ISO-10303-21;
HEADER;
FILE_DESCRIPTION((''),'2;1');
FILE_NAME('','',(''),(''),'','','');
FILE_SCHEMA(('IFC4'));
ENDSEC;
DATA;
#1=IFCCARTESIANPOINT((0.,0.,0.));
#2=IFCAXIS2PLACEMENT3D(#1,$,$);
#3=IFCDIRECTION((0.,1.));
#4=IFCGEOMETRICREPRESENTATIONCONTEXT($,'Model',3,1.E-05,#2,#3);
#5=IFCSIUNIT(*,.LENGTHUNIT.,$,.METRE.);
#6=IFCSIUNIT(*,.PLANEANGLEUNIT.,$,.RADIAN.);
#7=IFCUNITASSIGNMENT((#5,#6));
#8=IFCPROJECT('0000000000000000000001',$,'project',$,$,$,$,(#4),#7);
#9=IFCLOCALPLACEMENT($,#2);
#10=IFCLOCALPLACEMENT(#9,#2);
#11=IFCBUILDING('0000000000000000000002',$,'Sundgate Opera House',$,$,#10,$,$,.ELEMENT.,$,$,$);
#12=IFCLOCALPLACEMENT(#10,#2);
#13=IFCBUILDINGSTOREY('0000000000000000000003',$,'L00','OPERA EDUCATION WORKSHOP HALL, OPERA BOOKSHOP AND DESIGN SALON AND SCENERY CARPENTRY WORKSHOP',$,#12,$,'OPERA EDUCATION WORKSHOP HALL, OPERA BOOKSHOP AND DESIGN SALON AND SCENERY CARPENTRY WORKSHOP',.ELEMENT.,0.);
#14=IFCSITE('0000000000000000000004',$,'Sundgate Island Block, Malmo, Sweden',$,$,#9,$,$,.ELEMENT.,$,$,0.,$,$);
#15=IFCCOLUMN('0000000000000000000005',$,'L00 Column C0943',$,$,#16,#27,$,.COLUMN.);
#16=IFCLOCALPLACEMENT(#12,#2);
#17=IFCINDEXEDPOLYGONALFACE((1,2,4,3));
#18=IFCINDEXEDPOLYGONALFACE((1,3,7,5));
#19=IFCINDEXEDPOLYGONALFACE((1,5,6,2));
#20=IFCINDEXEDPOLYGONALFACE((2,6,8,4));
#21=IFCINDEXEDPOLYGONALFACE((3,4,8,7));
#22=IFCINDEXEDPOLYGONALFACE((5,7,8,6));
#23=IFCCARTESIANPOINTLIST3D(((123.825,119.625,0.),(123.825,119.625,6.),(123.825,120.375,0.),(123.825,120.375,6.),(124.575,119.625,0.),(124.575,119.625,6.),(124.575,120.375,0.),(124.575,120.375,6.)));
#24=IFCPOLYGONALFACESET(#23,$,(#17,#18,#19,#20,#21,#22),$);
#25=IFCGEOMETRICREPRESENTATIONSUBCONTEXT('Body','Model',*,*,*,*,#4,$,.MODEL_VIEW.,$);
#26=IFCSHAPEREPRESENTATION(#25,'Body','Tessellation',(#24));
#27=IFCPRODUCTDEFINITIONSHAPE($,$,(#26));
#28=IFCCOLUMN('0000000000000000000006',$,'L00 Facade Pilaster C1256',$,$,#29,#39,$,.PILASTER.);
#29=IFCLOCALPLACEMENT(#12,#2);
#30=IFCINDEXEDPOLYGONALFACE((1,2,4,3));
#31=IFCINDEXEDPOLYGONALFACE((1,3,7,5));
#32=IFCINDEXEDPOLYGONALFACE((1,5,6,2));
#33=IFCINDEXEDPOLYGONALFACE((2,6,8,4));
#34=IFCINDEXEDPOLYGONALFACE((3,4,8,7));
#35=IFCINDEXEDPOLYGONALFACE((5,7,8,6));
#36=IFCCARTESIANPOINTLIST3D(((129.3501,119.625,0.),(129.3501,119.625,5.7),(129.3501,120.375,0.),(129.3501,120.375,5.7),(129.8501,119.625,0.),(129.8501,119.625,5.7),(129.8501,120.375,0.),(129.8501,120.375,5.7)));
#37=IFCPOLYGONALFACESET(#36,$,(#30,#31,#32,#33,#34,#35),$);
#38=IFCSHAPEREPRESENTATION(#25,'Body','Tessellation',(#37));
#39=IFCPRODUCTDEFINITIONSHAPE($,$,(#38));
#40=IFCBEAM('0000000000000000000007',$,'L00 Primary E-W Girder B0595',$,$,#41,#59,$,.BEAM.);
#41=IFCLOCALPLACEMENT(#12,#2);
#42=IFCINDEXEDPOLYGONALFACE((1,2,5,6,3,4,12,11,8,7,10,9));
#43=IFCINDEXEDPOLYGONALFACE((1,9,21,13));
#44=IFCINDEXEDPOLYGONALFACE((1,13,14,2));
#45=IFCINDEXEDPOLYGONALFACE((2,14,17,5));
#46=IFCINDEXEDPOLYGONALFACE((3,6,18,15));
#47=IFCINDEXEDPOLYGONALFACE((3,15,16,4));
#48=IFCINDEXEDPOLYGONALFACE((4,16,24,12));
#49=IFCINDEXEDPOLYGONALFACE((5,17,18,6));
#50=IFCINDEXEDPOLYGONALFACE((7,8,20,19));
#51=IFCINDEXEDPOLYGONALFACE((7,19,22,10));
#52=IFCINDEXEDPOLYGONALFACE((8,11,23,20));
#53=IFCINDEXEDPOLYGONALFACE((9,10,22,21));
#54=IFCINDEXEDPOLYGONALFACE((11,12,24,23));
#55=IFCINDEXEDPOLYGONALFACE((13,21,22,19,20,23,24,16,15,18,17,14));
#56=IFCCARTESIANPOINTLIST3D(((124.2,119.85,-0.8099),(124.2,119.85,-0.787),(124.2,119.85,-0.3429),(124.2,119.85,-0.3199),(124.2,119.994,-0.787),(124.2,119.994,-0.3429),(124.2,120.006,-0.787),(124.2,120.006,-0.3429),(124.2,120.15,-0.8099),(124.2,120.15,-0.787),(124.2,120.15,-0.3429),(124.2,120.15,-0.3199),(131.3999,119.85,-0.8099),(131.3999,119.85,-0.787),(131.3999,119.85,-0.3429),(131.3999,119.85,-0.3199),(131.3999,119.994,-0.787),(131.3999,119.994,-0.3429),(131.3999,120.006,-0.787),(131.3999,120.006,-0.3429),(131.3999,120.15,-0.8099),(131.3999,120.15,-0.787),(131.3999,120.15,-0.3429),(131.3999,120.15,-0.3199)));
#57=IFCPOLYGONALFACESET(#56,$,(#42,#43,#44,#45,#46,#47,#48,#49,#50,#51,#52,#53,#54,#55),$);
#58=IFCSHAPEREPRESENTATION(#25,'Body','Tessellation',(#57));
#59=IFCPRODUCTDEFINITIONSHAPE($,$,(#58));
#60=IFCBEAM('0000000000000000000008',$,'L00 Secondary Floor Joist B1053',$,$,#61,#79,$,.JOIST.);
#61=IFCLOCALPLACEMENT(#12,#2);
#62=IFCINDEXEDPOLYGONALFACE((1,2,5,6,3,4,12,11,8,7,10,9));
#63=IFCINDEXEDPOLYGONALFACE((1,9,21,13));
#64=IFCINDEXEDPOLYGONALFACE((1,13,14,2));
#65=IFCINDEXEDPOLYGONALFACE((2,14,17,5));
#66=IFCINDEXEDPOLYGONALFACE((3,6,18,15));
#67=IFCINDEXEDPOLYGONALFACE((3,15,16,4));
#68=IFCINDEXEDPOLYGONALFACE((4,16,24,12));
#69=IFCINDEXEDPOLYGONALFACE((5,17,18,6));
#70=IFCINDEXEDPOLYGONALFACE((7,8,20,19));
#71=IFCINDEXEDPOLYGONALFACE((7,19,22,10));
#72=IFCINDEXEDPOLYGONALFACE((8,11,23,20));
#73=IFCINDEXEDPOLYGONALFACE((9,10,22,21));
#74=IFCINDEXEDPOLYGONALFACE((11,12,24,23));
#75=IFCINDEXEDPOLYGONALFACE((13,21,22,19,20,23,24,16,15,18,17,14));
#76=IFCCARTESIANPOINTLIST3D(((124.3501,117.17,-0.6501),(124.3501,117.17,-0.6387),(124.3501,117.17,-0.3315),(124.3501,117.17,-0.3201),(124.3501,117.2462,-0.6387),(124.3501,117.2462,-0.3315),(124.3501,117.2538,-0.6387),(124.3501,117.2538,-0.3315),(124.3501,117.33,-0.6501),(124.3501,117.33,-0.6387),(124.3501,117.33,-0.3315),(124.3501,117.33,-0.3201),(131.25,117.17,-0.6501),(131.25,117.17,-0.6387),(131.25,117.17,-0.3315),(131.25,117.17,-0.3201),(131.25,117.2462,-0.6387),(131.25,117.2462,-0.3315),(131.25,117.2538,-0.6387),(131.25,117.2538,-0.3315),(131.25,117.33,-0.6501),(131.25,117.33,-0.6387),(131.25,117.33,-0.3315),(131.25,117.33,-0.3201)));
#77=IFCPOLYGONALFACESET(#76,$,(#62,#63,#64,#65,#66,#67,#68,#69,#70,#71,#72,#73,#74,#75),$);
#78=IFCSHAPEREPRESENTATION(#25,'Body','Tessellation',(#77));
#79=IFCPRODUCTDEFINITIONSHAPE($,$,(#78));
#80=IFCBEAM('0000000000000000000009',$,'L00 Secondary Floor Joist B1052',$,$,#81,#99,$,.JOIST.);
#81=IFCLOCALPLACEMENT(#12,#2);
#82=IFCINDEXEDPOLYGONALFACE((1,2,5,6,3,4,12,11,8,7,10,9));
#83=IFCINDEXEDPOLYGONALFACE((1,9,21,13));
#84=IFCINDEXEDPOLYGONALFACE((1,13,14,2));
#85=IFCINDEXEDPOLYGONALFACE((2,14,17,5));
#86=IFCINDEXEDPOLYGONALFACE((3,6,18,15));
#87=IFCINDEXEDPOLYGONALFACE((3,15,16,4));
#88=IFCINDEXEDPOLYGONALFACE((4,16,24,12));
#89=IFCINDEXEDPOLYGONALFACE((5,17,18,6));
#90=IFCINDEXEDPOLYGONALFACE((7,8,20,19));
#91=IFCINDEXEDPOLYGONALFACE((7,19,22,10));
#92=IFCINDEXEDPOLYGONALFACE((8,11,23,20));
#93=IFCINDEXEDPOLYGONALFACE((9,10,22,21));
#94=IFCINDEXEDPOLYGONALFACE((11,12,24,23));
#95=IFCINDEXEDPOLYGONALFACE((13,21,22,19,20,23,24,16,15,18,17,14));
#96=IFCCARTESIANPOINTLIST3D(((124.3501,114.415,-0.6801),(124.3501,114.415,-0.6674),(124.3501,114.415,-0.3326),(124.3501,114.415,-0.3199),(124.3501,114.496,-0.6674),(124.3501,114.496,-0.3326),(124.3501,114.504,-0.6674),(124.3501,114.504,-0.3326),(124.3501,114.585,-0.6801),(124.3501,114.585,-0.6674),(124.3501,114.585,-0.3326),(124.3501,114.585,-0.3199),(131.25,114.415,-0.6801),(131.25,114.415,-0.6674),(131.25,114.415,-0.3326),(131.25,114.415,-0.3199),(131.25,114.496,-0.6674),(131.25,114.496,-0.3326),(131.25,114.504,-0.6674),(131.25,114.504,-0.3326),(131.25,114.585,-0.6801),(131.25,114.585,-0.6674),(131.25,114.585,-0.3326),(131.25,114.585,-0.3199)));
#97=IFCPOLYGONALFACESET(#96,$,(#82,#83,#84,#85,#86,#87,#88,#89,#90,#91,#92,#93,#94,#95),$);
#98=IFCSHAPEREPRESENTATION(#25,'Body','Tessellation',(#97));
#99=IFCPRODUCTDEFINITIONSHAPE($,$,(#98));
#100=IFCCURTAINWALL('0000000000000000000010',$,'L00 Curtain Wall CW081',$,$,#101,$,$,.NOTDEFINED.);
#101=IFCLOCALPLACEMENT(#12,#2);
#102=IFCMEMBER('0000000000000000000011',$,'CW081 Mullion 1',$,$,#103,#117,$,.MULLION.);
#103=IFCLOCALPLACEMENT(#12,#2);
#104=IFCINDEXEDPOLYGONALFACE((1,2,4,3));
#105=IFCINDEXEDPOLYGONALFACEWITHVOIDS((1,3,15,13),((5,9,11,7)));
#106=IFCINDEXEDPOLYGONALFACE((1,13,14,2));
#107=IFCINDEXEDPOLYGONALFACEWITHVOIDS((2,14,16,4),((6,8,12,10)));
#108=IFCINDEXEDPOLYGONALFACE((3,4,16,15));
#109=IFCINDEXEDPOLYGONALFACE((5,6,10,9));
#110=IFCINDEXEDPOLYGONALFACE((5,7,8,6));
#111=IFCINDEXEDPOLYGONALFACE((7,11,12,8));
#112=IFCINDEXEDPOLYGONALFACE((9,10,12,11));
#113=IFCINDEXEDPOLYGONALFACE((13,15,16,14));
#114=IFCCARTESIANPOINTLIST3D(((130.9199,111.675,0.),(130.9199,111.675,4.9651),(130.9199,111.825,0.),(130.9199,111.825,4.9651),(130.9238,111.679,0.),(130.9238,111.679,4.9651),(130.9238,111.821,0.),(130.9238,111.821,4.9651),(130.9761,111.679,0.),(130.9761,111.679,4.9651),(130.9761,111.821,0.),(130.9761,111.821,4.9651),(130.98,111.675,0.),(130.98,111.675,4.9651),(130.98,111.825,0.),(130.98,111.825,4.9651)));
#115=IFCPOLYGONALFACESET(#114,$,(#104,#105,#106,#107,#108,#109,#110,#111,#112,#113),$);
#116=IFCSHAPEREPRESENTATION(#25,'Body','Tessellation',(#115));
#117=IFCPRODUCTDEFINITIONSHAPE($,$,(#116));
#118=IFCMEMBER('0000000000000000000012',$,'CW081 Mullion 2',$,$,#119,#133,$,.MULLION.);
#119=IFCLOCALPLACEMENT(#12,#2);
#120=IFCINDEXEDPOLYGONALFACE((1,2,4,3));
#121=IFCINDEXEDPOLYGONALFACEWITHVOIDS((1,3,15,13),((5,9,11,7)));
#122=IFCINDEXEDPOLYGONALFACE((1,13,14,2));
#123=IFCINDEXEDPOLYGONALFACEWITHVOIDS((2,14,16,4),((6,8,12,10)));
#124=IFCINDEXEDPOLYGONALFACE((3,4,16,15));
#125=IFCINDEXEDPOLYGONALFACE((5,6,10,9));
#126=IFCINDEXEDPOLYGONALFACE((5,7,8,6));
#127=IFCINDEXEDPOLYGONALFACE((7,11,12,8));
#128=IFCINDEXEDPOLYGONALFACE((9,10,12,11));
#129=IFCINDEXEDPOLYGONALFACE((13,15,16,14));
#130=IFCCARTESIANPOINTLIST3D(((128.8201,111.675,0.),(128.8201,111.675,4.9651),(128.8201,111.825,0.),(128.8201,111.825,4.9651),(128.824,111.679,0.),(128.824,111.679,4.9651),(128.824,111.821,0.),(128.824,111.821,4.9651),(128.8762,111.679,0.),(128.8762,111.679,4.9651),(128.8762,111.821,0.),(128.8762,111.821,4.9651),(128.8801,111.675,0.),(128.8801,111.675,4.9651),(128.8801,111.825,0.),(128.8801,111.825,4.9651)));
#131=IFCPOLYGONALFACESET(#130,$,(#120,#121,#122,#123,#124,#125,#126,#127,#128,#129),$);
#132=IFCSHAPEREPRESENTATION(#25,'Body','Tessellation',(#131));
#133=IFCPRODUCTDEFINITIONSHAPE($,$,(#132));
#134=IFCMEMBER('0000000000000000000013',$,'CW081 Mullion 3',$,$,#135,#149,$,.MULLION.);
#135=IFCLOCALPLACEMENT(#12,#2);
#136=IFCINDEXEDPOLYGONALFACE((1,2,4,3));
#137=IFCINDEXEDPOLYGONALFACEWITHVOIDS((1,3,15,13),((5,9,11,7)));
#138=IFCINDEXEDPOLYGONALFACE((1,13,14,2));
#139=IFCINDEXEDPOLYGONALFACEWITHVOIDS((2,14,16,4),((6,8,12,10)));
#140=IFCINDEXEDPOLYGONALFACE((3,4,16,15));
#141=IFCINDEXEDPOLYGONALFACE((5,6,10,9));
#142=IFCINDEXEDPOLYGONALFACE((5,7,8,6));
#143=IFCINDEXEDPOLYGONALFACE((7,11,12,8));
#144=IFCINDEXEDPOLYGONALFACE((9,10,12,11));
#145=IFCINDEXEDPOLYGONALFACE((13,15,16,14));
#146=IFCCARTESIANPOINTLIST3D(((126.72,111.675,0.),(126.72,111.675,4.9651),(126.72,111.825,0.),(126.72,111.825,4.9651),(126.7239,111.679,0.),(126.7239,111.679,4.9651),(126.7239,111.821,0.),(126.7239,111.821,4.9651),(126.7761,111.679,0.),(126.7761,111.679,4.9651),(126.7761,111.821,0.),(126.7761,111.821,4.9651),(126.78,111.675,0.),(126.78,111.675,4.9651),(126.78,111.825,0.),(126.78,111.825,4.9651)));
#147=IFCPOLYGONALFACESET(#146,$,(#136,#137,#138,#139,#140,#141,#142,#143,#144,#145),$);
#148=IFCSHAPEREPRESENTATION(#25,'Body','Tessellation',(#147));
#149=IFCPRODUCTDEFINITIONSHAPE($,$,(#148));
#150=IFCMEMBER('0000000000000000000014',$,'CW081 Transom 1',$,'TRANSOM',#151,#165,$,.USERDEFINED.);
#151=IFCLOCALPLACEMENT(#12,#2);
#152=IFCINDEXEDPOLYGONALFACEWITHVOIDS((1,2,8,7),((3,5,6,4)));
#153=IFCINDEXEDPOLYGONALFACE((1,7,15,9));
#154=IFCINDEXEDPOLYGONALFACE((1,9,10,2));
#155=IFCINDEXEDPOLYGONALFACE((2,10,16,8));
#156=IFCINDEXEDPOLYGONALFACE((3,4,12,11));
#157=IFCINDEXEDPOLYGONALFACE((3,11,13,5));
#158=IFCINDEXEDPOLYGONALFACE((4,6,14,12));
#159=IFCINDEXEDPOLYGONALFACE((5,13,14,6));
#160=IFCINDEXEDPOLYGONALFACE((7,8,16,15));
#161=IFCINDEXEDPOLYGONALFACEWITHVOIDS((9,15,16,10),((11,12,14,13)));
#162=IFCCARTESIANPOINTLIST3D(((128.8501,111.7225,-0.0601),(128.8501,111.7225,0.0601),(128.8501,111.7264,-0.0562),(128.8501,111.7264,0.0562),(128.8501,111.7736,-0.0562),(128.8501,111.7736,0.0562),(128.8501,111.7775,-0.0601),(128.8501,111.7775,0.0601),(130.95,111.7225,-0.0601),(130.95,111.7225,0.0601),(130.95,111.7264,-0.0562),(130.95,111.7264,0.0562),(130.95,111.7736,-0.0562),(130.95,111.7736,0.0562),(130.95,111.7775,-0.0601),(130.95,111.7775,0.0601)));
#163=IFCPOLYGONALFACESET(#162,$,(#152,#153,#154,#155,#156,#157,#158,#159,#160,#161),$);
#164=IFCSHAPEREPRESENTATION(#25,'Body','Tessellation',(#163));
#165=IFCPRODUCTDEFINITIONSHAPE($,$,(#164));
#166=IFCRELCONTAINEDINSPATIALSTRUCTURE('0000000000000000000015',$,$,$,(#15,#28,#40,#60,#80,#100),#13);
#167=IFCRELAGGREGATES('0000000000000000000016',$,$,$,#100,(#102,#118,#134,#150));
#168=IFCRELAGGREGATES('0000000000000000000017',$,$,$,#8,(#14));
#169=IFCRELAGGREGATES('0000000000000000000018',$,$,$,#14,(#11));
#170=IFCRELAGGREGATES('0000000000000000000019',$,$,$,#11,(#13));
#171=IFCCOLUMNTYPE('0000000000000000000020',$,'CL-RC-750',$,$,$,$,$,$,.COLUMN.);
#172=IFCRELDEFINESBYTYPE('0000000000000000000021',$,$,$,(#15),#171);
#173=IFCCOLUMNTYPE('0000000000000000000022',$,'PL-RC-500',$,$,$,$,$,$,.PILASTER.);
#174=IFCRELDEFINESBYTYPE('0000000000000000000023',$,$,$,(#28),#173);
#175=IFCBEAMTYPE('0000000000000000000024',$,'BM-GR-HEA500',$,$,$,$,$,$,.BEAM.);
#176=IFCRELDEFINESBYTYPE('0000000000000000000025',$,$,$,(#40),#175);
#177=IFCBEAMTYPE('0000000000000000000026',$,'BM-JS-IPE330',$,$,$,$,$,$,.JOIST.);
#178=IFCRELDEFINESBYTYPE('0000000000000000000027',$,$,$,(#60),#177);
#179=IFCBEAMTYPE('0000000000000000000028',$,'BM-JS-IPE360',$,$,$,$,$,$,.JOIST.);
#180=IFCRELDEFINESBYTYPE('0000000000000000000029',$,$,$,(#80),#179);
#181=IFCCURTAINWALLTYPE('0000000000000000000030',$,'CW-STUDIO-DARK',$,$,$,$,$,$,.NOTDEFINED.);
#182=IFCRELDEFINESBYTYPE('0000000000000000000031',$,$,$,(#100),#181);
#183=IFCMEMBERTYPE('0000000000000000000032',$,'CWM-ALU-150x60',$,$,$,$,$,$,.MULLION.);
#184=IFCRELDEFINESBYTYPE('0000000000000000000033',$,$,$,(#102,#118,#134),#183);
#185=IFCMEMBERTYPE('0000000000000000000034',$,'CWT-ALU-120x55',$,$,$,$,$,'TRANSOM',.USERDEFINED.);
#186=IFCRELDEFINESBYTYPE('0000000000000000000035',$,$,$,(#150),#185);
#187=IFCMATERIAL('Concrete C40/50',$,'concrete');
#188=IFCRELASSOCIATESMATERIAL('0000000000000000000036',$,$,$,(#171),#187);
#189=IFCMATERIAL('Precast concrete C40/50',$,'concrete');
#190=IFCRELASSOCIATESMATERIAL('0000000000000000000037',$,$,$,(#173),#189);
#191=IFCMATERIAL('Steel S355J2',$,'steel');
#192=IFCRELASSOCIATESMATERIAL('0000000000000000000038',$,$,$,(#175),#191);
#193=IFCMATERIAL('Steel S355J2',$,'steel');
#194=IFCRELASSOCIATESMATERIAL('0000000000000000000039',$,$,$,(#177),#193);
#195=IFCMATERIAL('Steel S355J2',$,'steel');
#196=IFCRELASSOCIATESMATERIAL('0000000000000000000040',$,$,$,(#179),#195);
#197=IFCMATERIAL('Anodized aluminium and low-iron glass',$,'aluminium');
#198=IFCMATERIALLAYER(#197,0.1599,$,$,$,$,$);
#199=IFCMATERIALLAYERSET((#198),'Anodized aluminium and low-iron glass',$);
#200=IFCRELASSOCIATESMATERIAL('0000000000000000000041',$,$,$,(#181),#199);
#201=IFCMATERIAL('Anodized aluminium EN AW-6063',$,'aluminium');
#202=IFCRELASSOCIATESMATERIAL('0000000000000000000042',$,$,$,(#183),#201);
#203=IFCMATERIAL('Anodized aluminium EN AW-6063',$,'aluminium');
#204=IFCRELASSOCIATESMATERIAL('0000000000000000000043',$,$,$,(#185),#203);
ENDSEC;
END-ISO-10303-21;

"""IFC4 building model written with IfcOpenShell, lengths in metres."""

from ifc_helpers import new_model, si_unit, direction, frame, origin, origin_2d, place, context, subcontext, project, spatial, rectangle, hollow_rectangle, i_section, extrude, material, layer, layer_set, material_profile, profile_set, type_object, element, aggregate, save


model = new_model("IFC4")

# Units and contexts
model_context = context("Model", 3, precision=1e-05, world=origin(), true_north=direction((0.0, 1.0)))
body_context = subcontext(model_context, "Body", "Model", "MODEL_VIEW")
ifc_project = project(units=[si_unit("LENGTHUNIT", "METRE"), si_unit("PLANEANGLEUNIT", "RADIAN")], contexts=[model_context])

# Site, building, storey
site_placement = place(None, origin())
site = spatial("IfcSite", under=ifc_project, at=site_placement, Name="Sundgate Island Block, Malmo, Sweden", CompositionType="ELEMENT", RefElevation=0.0)
building_placement = place(site_placement, origin())
building = spatial("IfcBuilding", under=site, at=building_placement, Name="Sundgate Opera House", CompositionType="ELEMENT")
storey_placement = place(building_placement, origin())
storey = spatial("IfcBuildingStorey", under=building, at=storey_placement, Name="L00", Description="OPERA EDUCATION WORKSHOP HALL, OPERA BOOKSHOP AND DESIGN SALON AND SCENERY CARPENTRY WORKSHOP", LongName="OPERA EDUCATION WORKSHOP HALL, OPERA BOOKSHOP AND DESIGN SALON AND SCENERY CARPENTRY WORKSHOP", CompositionType="ELEMENT", Elevation=0.0)

# Columns
ifc_material_1 = material(Name="Concrete C40/50", Category="concrete")
ifc_material_profile_1 = material_profile(ifc_material_1, rectangle(XDim=0.75, YDim=0.75, at=origin_2d()), Name="RC 750x750")
ifc_profile_set_1 = profile_set([ifc_material_profile_1], Name="Concrete C40/50")
column_type_1 = type_object("IfcColumnType", Name="CL-RC-750", PredefinedType="COLUMN", material=ifc_profile_set_1)
column_1_placement = place(storey_placement, frame((124.2, 120.0, 0.0), z_axis=(0.0, 0.0, 1.0), x_axis=(1.0, 0.0, 0.0)))
element("IfcColumn", 1, at=column_1_placement, inside=storey, type_object=column_type_1, Name="L00 Column C0943", PredefinedType="COLUMN", context=body_context, shape_type="SweptSolid", body=[
    extrude(rectangle(XDim=0.75, YDim=0.75, at=origin_2d()), origin(), (0.0, 0.0, 1.0), 6.0),
])
ifc_material_2 = material(Name="Precast concrete C40/50", Category="concrete")
ifc_material_profile_2 = material_profile(ifc_material_2, rectangle(XDim=0.5, YDim=0.75, at=origin_2d()), Name="RC 500x750")
ifc_profile_set_2 = profile_set([ifc_material_profile_2], Name="Precast concrete C40/50")
column_type_2 = type_object("IfcColumnType", Name="PL-RC-500", PredefinedType="PILASTER", material=ifc_profile_set_2)
column_2_placement = place(storey_placement, frame((129.6001, 120.0, 0.0), z_axis=(0.0, 0.0, 1.0), x_axis=(1.0, 0.0, 0.0)))
element("IfcColumn", 2, at=column_2_placement, inside=storey, type_object=column_type_2, Name="L00 Facade Pilaster C1256", PredefinedType="PILASTER", context=body_context, shape_type="SweptSolid", body=[
    extrude(rectangle(XDim=0.5, YDim=0.75, at=origin_2d()), origin(), (0.0, 0.0, 1.0), 5.7),
])

# Beams
ifc_material_3 = material(Name="Steel S355J2", Category="steel")
ifc_material_profile_3 = material_profile(ifc_material_3, i_section(OverallWidth=0.3, OverallDepth=0.49, WebThickness=0.012, FlangeThickness=0.0229, at=origin_2d()), Name="HEA 500")
ifc_profile_set_3 = profile_set([ifc_material_profile_3], Name="Steel S355J2")
beam_type_1 = type_object("IfcBeamType", Name="BM-GR-HEA500", PredefinedType="BEAM", material=ifc_profile_set_3)
beam_1_placement = place(storey_placement, frame((124.2, 120.0, -0.5649), z_axis=(1.0, 0.0, 0.0), x_axis=(0.0, 1.0, 0.0)))
element("IfcBeam", 3, at=beam_1_placement, inside=storey, type_object=beam_type_1, Name="L00 Primary E-W Girder B0595", PredefinedType="BEAM", context=body_context, shape_type="SweptSolid", body=[
    extrude(i_section(OverallWidth=0.3, OverallDepth=0.49, WebThickness=0.012, FlangeThickness=0.0229, at=origin_2d()), origin(), (0.0, 0.0, 1.0), 7.2),
])
ifc_material_4 = material(Name="Steel S355J2", Category="steel")
ifc_material_profile_4 = material_profile(ifc_material_4, i_section(OverallWidth=0.1599, OverallDepth=0.3301, WebThickness=0.0076, FlangeThickness=0.0115, at=origin_2d()), Name="IPE 330")
ifc_profile_set_4 = profile_set([ifc_material_profile_4], Name="Steel S355J2")
beam_type_2 = type_object("IfcBeamType", Name="BM-JS-IPE330", PredefinedType="JOIST", material=ifc_profile_set_4)
beam_2_placement = place(storey_placement, frame((124.3501, 117.25, -0.4851), z_axis=(1.0, 0.0, 0.0), x_axis=(0.0, 1.0, 0.0)))
element("IfcBeam", 4, at=beam_2_placement, inside=storey, type_object=beam_type_2, Name="L00 Secondary Floor Joist B1053", PredefinedType="JOIST", context=body_context, shape_type="SweptSolid", body=[
    extrude(i_section(OverallWidth=0.1599, OverallDepth=0.3301, WebThickness=0.0076, FlangeThickness=0.0115, at=origin_2d()), origin(), (0.0, 0.0, 1.0), 6.8999),
])
ifc_material_5 = material(Name="Steel S355J2", Category="steel")
ifc_material_profile_5 = material_profile(ifc_material_5, i_section(OverallWidth=0.1699, OverallDepth=0.3601, WebThickness=0.0081, FlangeThickness=0.0127, at=origin_2d()), Name="IPE 360")
ifc_profile_set_5 = profile_set([ifc_material_profile_5], Name="Steel S355J2")
beam_type_3 = type_object("IfcBeamType", Name="BM-JS-IPE360", PredefinedType="JOIST", material=ifc_profile_set_5)
beam_3_placement = place(storey_placement, frame((124.3501, 114.5, -0.5), z_axis=(1.0, 0.0, 0.0), x_axis=(0.0, 1.0, 0.0)))
element("IfcBeam", 5, at=beam_3_placement, inside=storey, type_object=beam_type_3, Name="L00 Secondary Floor Joist B1052", PredefinedType="JOIST", context=body_context, shape_type="SweptSolid", body=[
    extrude(i_section(OverallWidth=0.1699, OverallDepth=0.3601, WebThickness=0.0081, FlangeThickness=0.0127, at=origin_2d()), origin(), (0.0, 0.0, 1.0), 6.8999),
])

# Curtain wall, members
ifc_material_6 = material(Name="Anodized aluminium and low-iron glass", Category="aluminium")
ifc_layer_1 = layer(ifc_material_6, 0.1599)
ifc_layer_set_1 = layer_set([ifc_layer_1], Name="Anodized aluminium and low-iron glass")
curtain_wall_type = type_object("IfcCurtainWallType", Name="CW-STUDIO-DARK", PredefinedType="NOTDEFINED", material=ifc_layer_set_1)
curtain_wall_placement = place(storey_placement, origin())
curtain_wall = element("IfcCurtainWall", 6, at=curtain_wall_placement, inside=storey, type_object=curtain_wall_type, Name="L00 Curtain Wall CW081", PredefinedType="NOTDEFINED")
ifc_material_7 = material(Name="Anodized aluminium EN AW-6063", Category="aluminium")
ifc_material_profile_6 = material_profile(ifc_material_7, hollow_rectangle(XDim=0.0601, YDim=0.1499, WallThickness=0.0039, at=origin_2d()), Name="CWM 150x60x4")
ifc_profile_set_6 = profile_set([ifc_material_profile_6], Name="Anodized aluminium EN AW-6063")
member_type_1 = type_object("IfcMemberType", Name="CWM-ALU-150x60", PredefinedType="MULLION", material=ifc_profile_set_6)
member_1_placement = place(storey_placement, frame((130.95, 111.75, 0.0), z_axis=(0.0, 0.0, 1.0), x_axis=(1.0, 0.0, 0.0)))
member_1 = element("IfcMember", 7, at=member_1_placement, type_object=member_type_1, Name="CW081 Mullion 1", PredefinedType="MULLION", context=body_context, shape_type="SweptSolid", body=[
    extrude(hollow_rectangle(XDim=0.0601, YDim=0.1499, WallThickness=0.0039, at=origin_2d()), origin(), (0.0, 0.0, 1.0), 4.9651),
])
member_2_placement = place(storey_placement, frame((128.8501, 111.75, 0.0), z_axis=(0.0, 0.0, 1.0), x_axis=(1.0, 0.0, 0.0)))
member_2 = element("IfcMember", 8, at=member_2_placement, type_object=member_type_1, Name="CW081 Mullion 2", PredefinedType="MULLION", context=body_context, shape_type="SweptSolid", body=[
    extrude(hollow_rectangle(XDim=0.0601, YDim=0.1499, WallThickness=0.0039, at=origin_2d()), origin(), (0.0, 0.0, 1.0), 4.9651),
])
member_3_placement = place(storey_placement, frame((126.75, 111.75, 0.0), z_axis=(0.0, 0.0, 1.0), x_axis=(1.0, 0.0, 0.0)))
member_3 = element("IfcMember", 9, at=member_3_placement, type_object=member_type_1, Name="CW081 Mullion 3", PredefinedType="MULLION", context=body_context, shape_type="SweptSolid", body=[
    extrude(hollow_rectangle(XDim=0.0601, YDim=0.1499, WallThickness=0.0039, at=origin_2d()), origin(), (0.0, 0.0, 1.0), 4.9651),
])
ifc_material_8 = material(Name="Anodized aluminium EN AW-6063", Category="aluminium")
ifc_material_profile_7 = material_profile(ifc_material_8, hollow_rectangle(XDim=0.0549, YDim=0.1201, WallThickness=0.0039, at=origin_2d()), Name="CWT 120x55x4")
ifc_profile_set_7 = profile_set([ifc_material_profile_7], Name="Anodized aluminium EN AW-6063")
member_type_2 = type_object("IfcMemberType", Name="CWT-ALU-120x55", ElementType="TRANSOM", PredefinedType="USERDEFINED", material=ifc_profile_set_7)
member_4_placement = place(storey_placement, frame((130.95, 111.75, 0.0), z_axis=(-1.0, 0.0, 0.0), x_axis=(0.0, -1.0, 0.0)))
member_4 = element("IfcMember", 10, at=member_4_placement, type_object=member_type_2, Name="CW081 Transom 1", ObjectType="TRANSOM", PredefinedType="USERDEFINED", context=body_context, shape_type="SweptSolid", body=[
    extrude(hollow_rectangle(XDim=0.0549, YDim=0.1201, WallThickness=0.0039, at=origin_2d()), origin(), (0.0, 0.0, 1.0), 2.0999),
])
aggregate(curtain_wall, [member_1, member_2, member_3, member_4])

save(model, "model.ifc")
